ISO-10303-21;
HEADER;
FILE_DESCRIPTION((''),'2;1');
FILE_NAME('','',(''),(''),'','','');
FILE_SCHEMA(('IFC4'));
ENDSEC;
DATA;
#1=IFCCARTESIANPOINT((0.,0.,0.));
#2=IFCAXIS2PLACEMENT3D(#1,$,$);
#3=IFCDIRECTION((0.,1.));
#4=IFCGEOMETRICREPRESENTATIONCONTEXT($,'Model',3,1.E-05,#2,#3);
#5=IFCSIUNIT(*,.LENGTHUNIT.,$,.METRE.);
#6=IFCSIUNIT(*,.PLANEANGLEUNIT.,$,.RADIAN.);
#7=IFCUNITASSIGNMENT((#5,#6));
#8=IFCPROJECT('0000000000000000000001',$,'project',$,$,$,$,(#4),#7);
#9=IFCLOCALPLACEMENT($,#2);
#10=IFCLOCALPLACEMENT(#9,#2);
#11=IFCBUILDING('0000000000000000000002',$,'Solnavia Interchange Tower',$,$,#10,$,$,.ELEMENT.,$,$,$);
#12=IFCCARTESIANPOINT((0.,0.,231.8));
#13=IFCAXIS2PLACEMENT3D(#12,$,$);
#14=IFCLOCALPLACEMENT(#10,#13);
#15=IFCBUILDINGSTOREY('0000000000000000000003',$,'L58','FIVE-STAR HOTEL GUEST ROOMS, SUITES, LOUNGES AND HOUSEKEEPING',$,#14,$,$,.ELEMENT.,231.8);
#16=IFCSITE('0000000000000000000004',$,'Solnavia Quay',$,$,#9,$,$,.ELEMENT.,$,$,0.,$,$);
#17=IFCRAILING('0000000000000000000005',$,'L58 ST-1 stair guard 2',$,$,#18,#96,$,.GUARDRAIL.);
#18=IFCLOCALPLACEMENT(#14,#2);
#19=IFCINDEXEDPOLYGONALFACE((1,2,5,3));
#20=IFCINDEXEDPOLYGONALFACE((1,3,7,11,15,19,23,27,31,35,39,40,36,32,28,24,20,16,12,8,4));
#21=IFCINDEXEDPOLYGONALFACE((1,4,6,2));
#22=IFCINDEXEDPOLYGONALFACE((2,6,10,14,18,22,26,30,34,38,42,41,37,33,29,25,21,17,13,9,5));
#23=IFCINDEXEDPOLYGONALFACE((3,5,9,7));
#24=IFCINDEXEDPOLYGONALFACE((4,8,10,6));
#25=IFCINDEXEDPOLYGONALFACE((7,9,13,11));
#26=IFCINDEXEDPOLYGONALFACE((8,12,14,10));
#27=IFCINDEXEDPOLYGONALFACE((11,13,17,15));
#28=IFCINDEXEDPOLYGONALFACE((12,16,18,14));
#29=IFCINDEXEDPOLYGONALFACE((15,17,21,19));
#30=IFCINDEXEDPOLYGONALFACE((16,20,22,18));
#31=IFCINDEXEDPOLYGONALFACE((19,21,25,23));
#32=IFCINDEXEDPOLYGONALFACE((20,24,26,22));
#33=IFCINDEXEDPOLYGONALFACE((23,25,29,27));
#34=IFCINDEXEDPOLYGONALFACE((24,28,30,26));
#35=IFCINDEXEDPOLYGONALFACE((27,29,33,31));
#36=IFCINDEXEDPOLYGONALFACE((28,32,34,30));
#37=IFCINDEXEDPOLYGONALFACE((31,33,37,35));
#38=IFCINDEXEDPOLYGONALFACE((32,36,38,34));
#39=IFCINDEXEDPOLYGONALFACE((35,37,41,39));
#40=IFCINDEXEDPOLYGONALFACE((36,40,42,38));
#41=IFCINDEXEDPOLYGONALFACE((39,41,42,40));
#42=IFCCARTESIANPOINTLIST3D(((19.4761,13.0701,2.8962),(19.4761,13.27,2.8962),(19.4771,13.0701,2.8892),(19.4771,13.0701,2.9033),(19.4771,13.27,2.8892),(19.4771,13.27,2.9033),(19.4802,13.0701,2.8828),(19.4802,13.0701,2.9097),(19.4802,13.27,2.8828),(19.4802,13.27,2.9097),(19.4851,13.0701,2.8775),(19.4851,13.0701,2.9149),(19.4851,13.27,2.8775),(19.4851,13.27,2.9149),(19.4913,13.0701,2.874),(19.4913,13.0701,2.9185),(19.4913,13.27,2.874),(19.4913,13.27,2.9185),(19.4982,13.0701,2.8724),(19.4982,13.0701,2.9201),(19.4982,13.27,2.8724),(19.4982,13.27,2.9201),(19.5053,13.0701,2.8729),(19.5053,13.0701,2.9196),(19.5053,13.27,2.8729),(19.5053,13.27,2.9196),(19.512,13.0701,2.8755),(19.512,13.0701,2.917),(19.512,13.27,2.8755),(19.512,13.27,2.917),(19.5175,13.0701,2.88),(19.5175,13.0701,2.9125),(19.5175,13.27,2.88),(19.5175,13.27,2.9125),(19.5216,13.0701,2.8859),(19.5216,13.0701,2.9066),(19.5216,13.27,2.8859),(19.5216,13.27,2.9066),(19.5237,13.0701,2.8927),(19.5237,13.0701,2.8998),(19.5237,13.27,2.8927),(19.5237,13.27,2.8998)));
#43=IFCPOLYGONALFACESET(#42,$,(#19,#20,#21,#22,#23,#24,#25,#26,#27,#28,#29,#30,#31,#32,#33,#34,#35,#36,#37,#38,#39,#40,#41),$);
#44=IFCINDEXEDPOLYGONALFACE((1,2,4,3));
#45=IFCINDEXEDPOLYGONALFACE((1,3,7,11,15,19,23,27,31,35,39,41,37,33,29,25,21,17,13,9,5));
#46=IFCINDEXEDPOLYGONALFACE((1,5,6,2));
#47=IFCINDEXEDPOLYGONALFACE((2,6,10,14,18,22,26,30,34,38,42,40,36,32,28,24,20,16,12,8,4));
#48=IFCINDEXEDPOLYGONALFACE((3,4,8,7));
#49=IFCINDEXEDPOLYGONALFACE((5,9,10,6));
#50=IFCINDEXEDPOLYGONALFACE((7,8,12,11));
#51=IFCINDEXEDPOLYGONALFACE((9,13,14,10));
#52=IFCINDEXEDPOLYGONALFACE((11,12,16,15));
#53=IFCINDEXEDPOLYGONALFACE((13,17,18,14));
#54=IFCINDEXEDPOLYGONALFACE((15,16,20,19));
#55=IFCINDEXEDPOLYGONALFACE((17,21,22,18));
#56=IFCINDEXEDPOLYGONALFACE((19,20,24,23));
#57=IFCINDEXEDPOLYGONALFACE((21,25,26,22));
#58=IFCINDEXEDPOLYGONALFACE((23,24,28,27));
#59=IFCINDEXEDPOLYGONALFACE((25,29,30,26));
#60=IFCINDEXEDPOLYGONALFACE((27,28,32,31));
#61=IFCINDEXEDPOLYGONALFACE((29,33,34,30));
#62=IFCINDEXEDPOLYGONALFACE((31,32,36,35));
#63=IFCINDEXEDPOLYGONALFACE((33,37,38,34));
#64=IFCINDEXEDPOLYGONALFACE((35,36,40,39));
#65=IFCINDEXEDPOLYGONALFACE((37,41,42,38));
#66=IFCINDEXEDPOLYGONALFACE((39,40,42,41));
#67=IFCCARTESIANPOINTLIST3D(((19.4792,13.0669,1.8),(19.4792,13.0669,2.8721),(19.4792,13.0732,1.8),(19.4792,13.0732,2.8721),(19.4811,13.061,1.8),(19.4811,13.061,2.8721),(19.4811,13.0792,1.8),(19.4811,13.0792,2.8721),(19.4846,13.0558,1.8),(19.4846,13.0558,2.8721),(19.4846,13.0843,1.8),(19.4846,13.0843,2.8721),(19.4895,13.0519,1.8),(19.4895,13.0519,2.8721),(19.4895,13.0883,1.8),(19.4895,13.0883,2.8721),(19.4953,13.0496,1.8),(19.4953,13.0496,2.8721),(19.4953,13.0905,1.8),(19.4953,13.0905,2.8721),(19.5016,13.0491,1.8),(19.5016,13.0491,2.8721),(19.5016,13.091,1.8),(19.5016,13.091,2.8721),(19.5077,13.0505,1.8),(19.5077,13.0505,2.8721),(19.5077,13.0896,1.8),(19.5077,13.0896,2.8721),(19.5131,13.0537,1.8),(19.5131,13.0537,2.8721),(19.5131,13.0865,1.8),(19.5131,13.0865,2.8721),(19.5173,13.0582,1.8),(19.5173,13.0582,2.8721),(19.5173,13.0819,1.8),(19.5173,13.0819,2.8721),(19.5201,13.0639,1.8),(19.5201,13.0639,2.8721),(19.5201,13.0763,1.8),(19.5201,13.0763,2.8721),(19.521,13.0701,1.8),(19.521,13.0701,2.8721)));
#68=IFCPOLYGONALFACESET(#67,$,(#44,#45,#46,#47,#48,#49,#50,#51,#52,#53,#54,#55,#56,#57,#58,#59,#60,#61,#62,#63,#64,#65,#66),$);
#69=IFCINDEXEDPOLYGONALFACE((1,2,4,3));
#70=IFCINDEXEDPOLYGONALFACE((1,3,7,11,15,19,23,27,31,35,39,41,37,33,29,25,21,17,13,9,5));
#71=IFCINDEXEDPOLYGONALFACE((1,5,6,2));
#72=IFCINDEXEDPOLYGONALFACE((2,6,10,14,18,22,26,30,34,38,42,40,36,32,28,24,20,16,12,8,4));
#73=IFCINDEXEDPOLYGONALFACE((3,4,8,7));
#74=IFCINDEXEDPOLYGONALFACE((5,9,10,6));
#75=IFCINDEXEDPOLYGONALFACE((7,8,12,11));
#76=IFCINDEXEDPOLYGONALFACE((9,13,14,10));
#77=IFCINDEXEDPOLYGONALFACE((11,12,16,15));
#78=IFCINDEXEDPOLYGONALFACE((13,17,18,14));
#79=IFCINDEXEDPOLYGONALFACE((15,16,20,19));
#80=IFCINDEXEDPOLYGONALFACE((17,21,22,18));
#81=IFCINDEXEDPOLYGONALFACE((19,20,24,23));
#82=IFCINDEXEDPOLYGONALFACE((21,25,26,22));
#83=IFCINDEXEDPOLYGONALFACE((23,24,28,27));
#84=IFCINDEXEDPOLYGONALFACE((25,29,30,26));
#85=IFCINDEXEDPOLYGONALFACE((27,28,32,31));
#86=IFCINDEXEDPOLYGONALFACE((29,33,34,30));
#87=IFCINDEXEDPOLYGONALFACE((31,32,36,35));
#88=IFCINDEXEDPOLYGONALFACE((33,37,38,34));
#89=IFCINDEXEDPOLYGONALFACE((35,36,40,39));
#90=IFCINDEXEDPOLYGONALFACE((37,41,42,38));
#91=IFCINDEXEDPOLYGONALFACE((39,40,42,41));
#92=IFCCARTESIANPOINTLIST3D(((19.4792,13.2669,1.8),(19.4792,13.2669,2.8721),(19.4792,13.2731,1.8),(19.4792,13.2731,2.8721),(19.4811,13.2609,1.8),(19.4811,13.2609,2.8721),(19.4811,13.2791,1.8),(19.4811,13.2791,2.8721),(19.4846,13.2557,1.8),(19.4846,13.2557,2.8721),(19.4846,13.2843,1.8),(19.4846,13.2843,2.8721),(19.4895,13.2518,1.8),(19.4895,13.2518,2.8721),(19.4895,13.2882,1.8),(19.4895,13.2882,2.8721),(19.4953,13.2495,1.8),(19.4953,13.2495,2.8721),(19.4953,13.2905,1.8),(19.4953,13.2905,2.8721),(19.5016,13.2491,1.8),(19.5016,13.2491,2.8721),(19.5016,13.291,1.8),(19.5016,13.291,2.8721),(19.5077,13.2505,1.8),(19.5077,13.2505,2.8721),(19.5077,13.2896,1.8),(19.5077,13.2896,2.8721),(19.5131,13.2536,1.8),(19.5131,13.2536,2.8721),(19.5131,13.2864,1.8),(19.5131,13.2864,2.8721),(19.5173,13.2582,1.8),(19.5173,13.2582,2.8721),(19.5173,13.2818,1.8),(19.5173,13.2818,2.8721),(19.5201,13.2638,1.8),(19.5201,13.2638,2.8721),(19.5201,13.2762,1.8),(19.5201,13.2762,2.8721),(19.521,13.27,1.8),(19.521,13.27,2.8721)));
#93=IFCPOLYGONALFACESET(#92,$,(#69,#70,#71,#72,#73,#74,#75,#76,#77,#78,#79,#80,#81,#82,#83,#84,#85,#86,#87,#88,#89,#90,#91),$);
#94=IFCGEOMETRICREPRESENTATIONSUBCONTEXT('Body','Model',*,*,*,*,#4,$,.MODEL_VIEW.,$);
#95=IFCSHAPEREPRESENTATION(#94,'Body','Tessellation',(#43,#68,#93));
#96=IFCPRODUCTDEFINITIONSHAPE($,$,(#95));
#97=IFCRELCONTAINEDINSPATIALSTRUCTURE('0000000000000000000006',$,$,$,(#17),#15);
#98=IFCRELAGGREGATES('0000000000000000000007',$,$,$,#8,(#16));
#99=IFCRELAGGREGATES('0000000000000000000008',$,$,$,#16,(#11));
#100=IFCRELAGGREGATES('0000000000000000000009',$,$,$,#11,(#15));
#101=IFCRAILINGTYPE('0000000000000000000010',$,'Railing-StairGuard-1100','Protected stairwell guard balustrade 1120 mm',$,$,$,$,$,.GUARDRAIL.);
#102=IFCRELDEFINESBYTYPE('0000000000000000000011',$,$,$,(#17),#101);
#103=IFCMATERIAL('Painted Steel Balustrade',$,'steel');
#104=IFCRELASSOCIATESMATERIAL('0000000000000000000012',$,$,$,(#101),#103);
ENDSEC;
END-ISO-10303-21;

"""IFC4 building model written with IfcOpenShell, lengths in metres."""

from ifc_helpers import new_model, si_unit, direction, frame, origin, origin_2d, place, context, subcontext, project, spatial, circle, extrude, material, type_object, element, save


model = new_model("IFC4")

# Units and contexts
model_context = context("Model", 3, precision=1e-05, world=origin(), true_north=direction((0.0, 1.0)))
body_context = subcontext(model_context, "Body", "Model", "MODEL_VIEW")
ifc_project = project(units=[si_unit("LENGTHUNIT", "METRE"), si_unit("PLANEANGLEUNIT", "RADIAN")], contexts=[model_context])

# Site, building, storey
site_placement = place(None, origin())
site = spatial("IfcSite", under=ifc_project, at=site_placement, Name="Solnavia Quay", CompositionType="ELEMENT", RefElevation=0.0)
building_placement = place(site_placement, origin())
building = spatial("IfcBuilding", under=site, at=building_placement, Name="Solnavia Interchange Tower", CompositionType="ELEMENT")
storey_placement = place(building_placement, frame((0.0, 0.0, 231.8)))
storey = spatial("IfcBuildingStorey", under=building, at=storey_placement, Name="L58", Description="FIVE-STAR HOTEL GUEST ROOMS, SUITES, LOUNGES AND HOUSEKEEPING", CompositionType="ELEMENT", Elevation=231.8)

# Railing
ifc_material_1 = material(Name="Painted Steel Balustrade", Category="steel")
railing_type_1 = type_object("IfcRailingType", Name="Railing-StairGuard-1100", Description="Protected stairwell guard balustrade 1120 mm", PredefinedType="GUARDRAIL", material=ifc_material_1)
railing_1_placement = place(storey_placement, frame((19.5, 13.0701, 1.8)))
element("IfcRailing", 1, at=railing_1_placement, inside=storey, type_object=railing_type_1, Name="L58 ST-1 stair guard 2", PredefinedType="GUARDRAIL", context=body_context, shape_type="SweptSolid", body=[
    extrude(circle(Radius=0.0239, at=origin_2d()), frame((0.0, 0.0, 1.0962), z_axis=(0.0, 1.0, 0.0), x_axis=(-1.0, 0.0, 0.0)), (0.0, 0.0, 1.0), 0.2),
    extrude(circle(Radius=0.021, at=origin_2d()), origin(), (0.0, 0.0, 1.0), 1.072),
    extrude(circle(Radius=0.021, at=origin_2d()), frame((0.0, 0.2, 0.0)), (0.0, 0.0, 1.0), 1.072),
])

save(model, "model.ifc")
